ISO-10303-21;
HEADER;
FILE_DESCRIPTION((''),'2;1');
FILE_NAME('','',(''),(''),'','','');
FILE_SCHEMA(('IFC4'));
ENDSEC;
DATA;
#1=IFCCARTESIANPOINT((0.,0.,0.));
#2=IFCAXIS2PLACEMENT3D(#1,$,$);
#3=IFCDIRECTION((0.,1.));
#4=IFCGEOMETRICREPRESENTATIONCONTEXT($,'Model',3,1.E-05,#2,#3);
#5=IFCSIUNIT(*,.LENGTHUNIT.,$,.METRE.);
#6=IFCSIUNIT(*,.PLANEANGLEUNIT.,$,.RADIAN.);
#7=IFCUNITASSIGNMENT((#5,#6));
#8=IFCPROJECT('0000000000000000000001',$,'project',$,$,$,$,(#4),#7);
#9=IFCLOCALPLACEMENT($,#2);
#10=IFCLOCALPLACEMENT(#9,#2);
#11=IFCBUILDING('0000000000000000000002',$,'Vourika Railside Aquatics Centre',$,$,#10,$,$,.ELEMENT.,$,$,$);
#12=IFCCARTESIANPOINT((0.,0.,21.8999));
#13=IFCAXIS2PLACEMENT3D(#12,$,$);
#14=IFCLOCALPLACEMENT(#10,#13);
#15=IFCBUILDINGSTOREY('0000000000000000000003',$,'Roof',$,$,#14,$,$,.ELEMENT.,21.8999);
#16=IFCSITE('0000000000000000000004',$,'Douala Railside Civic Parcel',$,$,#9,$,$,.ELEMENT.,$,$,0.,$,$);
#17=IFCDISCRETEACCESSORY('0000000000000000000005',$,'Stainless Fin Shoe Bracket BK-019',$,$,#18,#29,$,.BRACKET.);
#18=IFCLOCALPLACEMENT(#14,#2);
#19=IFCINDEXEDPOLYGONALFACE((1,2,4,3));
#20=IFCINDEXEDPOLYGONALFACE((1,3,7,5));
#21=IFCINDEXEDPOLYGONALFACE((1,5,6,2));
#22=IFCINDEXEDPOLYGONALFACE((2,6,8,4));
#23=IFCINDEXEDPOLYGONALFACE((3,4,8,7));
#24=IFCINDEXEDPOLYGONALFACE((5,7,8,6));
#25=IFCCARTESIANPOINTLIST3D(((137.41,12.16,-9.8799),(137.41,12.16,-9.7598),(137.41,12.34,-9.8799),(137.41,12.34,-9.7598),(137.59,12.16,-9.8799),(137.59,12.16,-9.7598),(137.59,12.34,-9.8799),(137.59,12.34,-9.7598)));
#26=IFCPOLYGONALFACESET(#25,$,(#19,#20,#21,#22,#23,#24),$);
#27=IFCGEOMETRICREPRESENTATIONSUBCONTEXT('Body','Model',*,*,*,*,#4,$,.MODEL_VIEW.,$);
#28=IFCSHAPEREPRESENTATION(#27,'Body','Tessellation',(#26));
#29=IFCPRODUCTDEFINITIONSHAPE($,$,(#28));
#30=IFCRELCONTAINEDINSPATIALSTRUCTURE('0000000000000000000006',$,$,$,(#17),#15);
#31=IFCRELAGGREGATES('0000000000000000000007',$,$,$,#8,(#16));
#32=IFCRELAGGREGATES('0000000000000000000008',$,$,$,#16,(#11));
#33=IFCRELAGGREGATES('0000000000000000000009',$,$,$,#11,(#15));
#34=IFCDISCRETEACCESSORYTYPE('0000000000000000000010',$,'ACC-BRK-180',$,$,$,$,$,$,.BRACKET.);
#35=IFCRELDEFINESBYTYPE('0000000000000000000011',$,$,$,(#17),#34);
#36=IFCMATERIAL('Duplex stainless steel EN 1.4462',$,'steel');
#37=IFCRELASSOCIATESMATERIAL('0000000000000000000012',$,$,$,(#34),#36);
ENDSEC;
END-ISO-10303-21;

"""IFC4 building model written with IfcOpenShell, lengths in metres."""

from ifc_helpers import new_model, si_unit, direction, frame, origin, origin_2d, place, context, subcontext, project, spatial, rectangle, extrude, material, type_object, element, save


model = new_model("IFC4")

# Units and contexts
model_context = context("Model", 3, precision=1e-05, world=origin(), true_north=direction((0.0, 1.0)))
body_context = subcontext(model_context, "Body", "Model", "MODEL_VIEW")
ifc_project = project(units=[si_unit("LENGTHUNIT", "METRE"), si_unit("PLANEANGLEUNIT", "RADIAN")], contexts=[model_context])

# Site, building, storey
site_placement = place(None, origin())
site = spatial("IfcSite", under=ifc_project, at=site_placement, Name="Douala Railside Civic Parcel", CompositionType="ELEMENT", RefElevation=0.0)
building_placement = place(site_placement, origin())
building = spatial("IfcBuilding", under=site, at=building_placement, Name="Vourika Railside Aquatics Centre", CompositionType="ELEMENT")
storey_placement = place(building_placement, frame((0.0, 0.0, 21.8999)))
storey = spatial("IfcBuildingStorey", under=building, at=storey_placement, Name="Roof", CompositionType="ELEMENT", Elevation=21.8999)

# Shared definitions
ifc_material_1 = material(Name="Duplex stainless steel EN 1.4462", Category="steel")

# Discrete accessory
discrete_accessory_type = type_object("IfcDiscreteAccessoryType", Name="ACC-BRK-180", PredefinedType="BRACKET", material=ifc_material_1)
discrete_accessory_placement = place(storey_placement, frame((137.5, 12.25, -9.8799), z_axis=(0.0, 0.0, 1.0), x_axis=(0.0, -1.0, 0.0)))
element("IfcDiscreteAccessory", 1, at=discrete_accessory_placement, inside=storey, type_object=discrete_accessory_type, Name="Stainless Fin Shoe Bracket BK-019", PredefinedType="BRACKET", context=body_context, shape_type="SweptSolid", body=[
    extrude(rectangle(XDim=0.1799, YDim=0.1799, at=origin_2d()), origin(), (0.0, 0.0, 1.0), 0.1201),
])

save(model, "model.ifc")
